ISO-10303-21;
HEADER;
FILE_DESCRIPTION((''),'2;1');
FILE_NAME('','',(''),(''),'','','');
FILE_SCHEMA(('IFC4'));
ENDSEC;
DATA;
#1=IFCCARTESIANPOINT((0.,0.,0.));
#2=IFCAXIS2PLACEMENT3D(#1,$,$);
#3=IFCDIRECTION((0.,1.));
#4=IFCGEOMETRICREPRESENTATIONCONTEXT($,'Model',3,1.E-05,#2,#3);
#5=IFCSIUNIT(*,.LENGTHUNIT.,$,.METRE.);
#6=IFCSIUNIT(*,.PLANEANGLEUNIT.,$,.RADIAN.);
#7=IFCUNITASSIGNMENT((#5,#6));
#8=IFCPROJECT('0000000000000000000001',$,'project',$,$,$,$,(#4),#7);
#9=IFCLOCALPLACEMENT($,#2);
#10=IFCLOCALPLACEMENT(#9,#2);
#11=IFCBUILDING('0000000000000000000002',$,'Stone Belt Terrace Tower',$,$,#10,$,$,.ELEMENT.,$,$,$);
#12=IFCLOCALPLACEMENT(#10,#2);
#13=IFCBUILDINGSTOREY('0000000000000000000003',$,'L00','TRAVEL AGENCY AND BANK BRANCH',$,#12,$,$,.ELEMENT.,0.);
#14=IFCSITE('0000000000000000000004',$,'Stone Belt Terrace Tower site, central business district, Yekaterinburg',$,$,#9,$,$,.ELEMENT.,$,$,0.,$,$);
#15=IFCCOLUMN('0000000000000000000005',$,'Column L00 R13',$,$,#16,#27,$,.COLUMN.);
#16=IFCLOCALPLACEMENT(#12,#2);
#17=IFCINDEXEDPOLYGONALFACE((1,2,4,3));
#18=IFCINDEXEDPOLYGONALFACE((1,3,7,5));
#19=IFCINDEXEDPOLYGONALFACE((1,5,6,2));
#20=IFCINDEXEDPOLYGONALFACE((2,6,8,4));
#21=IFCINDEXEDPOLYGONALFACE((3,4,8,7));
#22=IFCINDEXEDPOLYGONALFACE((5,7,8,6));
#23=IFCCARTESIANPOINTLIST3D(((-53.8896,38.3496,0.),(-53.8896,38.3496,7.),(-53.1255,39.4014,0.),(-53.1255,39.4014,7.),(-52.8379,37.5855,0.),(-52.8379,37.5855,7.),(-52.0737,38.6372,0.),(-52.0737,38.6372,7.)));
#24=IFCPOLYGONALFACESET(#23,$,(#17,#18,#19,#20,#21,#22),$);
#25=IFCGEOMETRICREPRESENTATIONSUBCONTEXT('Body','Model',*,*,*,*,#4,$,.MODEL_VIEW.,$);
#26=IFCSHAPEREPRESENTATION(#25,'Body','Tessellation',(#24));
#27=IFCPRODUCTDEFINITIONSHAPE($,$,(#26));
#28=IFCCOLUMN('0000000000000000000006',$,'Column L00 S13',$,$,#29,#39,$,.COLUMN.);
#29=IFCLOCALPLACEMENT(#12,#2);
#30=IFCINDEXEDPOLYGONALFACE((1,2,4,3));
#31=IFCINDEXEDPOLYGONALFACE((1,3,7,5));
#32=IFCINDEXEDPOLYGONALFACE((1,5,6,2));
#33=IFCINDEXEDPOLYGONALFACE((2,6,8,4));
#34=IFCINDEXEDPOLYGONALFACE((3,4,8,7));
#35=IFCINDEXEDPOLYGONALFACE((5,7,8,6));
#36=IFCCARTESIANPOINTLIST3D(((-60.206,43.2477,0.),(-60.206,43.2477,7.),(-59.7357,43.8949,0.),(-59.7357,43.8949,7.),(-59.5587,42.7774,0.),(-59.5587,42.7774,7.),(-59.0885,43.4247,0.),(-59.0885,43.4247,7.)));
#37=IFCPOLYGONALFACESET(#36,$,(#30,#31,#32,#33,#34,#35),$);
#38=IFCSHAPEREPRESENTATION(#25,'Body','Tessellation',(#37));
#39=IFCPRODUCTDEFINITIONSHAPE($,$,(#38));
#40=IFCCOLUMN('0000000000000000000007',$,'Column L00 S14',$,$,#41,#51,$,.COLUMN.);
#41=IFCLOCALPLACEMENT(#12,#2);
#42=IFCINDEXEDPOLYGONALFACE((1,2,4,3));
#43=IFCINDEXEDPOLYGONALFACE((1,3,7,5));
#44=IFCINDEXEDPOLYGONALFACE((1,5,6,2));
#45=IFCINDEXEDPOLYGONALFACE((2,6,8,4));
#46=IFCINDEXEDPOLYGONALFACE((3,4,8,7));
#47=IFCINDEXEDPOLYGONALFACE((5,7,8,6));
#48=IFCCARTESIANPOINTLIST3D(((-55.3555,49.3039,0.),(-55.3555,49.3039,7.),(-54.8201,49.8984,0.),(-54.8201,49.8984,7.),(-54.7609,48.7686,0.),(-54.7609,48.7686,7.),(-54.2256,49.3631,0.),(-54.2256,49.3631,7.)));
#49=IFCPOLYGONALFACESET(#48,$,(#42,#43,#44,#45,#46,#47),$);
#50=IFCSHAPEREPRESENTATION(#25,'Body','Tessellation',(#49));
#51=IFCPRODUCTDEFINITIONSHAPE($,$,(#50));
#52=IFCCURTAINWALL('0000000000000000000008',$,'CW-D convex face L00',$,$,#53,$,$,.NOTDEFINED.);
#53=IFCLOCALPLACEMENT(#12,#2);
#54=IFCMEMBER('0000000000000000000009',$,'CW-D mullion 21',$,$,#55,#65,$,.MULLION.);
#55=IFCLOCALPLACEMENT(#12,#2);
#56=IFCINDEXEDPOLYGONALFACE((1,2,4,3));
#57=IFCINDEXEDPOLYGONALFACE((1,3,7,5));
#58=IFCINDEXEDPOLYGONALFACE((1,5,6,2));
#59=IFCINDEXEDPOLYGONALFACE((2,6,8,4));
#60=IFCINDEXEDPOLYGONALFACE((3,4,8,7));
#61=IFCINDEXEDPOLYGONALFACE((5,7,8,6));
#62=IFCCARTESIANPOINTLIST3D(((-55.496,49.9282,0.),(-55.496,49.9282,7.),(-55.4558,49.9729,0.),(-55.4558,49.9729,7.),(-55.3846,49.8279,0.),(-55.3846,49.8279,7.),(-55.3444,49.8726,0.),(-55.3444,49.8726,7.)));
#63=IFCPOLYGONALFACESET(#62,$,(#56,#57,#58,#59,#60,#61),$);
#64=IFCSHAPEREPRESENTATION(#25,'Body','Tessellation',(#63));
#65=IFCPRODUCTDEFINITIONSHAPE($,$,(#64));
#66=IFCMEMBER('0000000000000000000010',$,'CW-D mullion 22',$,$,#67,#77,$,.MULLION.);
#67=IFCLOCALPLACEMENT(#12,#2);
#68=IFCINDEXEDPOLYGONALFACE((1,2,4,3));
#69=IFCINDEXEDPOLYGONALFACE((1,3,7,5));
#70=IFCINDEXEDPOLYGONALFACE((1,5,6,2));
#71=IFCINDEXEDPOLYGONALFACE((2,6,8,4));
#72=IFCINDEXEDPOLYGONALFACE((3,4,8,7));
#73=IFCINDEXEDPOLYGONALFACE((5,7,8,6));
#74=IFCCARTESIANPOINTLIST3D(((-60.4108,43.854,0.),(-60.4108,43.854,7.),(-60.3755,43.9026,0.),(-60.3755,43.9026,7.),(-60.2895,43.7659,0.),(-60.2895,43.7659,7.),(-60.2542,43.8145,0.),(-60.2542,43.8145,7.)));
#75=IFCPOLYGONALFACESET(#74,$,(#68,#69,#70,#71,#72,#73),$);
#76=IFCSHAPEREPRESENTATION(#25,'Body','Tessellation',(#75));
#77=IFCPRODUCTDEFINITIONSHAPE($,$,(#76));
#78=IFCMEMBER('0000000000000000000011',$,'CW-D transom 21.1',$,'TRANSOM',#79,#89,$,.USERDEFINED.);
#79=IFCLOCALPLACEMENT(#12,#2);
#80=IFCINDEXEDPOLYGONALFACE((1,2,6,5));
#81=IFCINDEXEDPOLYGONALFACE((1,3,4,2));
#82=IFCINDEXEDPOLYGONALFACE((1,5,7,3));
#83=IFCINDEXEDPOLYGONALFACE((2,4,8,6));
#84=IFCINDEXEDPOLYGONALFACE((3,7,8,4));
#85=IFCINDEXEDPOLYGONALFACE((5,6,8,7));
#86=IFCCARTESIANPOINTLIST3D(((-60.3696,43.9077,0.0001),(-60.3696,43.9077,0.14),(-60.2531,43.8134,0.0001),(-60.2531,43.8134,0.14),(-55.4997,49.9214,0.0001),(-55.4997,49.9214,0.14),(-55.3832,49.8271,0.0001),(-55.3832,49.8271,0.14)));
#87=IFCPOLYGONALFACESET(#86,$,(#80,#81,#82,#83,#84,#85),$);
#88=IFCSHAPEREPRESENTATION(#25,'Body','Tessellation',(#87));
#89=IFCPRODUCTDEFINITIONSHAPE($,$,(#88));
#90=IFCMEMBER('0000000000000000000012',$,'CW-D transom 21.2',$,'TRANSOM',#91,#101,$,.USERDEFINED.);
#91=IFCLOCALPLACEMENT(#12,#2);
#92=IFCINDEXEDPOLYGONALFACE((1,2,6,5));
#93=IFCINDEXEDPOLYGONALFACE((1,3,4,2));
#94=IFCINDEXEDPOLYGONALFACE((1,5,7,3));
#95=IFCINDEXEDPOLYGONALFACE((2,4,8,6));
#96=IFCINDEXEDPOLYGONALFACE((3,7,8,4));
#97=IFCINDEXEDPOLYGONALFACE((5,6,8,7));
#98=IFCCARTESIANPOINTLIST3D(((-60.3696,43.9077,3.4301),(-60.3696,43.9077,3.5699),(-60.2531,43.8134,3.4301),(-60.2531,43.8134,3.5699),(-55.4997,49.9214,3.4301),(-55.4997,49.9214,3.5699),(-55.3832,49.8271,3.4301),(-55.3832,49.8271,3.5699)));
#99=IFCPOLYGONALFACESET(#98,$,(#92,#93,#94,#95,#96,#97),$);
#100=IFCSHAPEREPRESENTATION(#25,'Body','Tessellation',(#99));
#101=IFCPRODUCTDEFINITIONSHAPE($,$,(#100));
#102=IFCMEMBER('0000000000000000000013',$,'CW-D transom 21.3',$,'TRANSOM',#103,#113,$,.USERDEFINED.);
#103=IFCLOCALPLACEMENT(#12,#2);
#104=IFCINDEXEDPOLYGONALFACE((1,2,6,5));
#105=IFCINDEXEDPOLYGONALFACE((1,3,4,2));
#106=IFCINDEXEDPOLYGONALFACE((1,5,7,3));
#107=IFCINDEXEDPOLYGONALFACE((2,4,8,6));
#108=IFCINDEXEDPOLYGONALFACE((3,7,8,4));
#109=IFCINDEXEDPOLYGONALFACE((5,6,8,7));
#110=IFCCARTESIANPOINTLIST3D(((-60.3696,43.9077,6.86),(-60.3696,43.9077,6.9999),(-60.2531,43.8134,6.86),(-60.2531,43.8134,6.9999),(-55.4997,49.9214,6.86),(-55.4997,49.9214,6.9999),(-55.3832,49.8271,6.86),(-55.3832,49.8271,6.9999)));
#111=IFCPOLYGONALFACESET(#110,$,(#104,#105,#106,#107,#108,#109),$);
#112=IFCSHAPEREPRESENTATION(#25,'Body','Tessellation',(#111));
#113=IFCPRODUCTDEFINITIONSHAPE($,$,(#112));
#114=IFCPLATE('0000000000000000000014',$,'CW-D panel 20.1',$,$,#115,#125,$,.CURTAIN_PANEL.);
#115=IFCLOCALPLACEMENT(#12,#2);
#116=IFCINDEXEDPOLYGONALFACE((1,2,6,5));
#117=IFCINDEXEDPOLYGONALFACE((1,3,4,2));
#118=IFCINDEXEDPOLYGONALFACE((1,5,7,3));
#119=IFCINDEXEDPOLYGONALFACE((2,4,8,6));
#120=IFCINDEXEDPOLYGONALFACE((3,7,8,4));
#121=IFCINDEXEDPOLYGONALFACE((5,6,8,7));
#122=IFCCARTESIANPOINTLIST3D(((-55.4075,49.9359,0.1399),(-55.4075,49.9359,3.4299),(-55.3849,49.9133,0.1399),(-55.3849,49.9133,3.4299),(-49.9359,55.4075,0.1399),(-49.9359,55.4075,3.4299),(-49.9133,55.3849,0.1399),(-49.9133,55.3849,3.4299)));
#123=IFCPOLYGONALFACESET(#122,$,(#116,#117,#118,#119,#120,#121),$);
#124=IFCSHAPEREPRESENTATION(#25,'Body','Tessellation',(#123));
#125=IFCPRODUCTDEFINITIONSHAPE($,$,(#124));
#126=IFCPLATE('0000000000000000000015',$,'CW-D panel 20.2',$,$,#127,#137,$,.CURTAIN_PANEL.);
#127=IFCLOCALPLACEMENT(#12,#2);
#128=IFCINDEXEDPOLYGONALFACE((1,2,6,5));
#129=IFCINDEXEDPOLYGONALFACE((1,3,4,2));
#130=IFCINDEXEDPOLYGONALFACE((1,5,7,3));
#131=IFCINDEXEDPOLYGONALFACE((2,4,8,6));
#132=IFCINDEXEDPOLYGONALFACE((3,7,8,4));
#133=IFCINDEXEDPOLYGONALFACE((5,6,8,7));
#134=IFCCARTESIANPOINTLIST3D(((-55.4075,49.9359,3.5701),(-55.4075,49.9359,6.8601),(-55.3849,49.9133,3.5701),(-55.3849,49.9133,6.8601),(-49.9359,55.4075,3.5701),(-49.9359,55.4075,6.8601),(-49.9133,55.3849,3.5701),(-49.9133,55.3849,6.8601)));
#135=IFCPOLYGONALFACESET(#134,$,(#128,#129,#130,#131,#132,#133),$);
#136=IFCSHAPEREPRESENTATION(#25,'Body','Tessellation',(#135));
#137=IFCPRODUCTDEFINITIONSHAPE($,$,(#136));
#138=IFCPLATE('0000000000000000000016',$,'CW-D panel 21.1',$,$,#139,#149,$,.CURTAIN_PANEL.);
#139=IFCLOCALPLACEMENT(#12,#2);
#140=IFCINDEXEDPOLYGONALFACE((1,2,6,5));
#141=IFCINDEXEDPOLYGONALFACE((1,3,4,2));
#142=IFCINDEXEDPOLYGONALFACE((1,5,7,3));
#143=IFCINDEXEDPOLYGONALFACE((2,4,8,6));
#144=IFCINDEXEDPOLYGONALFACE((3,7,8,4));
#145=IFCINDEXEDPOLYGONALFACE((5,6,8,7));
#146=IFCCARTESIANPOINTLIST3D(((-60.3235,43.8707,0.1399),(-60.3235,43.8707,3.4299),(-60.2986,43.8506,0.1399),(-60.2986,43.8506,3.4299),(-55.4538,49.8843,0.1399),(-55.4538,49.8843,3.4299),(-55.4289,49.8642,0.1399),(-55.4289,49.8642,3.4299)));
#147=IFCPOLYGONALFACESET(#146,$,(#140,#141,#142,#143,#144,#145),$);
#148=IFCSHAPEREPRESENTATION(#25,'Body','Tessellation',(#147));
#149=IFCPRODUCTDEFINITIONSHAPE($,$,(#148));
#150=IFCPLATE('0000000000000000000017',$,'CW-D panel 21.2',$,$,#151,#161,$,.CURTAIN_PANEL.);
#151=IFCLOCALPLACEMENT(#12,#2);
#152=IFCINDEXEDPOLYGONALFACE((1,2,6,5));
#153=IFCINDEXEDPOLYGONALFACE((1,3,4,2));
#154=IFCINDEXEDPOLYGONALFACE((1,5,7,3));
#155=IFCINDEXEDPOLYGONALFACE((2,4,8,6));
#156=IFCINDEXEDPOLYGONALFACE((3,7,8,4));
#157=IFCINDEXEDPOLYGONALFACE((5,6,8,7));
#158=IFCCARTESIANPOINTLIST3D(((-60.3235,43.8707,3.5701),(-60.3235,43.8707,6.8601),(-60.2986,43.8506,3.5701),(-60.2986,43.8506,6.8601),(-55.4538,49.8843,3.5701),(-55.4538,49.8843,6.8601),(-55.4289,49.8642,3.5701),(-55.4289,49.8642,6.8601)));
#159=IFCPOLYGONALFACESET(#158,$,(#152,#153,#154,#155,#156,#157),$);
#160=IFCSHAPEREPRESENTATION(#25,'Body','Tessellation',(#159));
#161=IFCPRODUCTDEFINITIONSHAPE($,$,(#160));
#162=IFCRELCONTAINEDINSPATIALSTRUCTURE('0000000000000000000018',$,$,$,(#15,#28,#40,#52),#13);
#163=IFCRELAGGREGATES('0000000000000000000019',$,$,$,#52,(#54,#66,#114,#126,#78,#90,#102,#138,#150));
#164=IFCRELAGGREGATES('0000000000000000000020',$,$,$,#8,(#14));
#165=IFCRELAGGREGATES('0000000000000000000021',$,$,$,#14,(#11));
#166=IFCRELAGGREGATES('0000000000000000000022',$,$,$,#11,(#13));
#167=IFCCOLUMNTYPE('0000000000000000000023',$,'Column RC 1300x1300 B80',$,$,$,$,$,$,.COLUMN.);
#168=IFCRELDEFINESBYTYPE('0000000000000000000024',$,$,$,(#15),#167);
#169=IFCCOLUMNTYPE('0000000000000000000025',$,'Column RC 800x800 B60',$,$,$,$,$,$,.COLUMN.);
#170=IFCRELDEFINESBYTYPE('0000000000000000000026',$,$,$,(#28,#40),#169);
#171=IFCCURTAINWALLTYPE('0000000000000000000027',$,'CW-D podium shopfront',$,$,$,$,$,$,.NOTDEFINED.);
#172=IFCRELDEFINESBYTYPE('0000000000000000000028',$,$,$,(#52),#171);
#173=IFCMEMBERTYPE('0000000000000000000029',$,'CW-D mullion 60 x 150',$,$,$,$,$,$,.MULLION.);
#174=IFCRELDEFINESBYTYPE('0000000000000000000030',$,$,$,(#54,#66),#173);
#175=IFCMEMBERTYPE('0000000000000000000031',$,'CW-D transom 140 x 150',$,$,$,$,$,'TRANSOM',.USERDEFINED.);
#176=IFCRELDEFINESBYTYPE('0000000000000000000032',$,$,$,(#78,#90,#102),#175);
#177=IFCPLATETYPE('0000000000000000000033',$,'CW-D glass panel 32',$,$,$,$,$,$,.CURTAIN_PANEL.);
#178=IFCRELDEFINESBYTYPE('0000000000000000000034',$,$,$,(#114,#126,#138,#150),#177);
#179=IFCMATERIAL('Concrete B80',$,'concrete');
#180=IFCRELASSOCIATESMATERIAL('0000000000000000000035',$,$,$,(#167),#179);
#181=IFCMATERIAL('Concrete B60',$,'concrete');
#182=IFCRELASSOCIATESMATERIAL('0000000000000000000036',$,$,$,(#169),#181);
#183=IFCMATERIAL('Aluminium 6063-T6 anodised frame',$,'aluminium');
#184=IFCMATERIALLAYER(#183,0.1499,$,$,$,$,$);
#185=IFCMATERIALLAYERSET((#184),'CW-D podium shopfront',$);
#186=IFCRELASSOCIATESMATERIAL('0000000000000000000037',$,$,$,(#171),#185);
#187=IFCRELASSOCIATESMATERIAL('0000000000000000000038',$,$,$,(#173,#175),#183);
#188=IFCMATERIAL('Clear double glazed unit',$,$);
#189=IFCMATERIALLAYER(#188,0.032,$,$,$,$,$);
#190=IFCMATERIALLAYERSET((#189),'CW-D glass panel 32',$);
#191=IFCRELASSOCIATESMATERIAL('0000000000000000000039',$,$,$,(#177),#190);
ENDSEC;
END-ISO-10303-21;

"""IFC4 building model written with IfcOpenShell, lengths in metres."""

from ifc_helpers import new_model, si_unit, direction, frame, origin, origin_2d, place, context, subcontext, project, spatial, rectangle, extrude, material, layer, layer_set, material_profile, profile_set, type_object, element, aggregate, save


model = new_model("IFC4")

# Units and contexts
model_context = context("Model", 3, precision=1e-05, world=origin(), true_north=direction((0.0, 1.0)))
body_context = subcontext(model_context, "Body", "Model", "MODEL_VIEW")
ifc_project = project(units=[si_unit("LENGTHUNIT", "METRE"), si_unit("PLANEANGLEUNIT", "RADIAN")], contexts=[model_context])

# Site, building, storey
site_placement = place(None, origin())
site = spatial("IfcSite", under=ifc_project, at=site_placement, Name="Stone Belt Terrace Tower site, central business district, Yekaterinburg", CompositionType="ELEMENT", RefElevation=0.0)
building_placement = place(site_placement, origin())
building = spatial("IfcBuilding", under=site, at=building_placement, Name="Stone Belt Terrace Tower", CompositionType="ELEMENT")
storey_placement = place(building_placement, origin())
storey = spatial("IfcBuildingStorey", under=building, at=storey_placement, Name="L00", Description="TRAVEL AGENCY AND BANK BRANCH", CompositionType="ELEMENT", Elevation=0.0)

# Columns
ifc_material_1 = material(Name="Concrete B80", Category="concrete")
ifc_material_profile_1 = material_profile(ifc_material_1, rectangle(XDim=1.3, YDim=1.3, at=origin_2d()), Name="RC 1300x1300")
ifc_profile_set_1 = profile_set([ifc_material_profile_1], Name="Concrete B80")
column_type_1 = type_object("IfcColumnType", Name="Column RC 1300x1300 B80", PredefinedType="COLUMN", material=ifc_profile_set_1)
column_placement = place(storey_placement, frame((-52.9817, 38.4934, 0.0), z_axis=(0.0, 0.0, 1.0), x_axis=(0.587785, 0.809017, 0.0)))
element("IfcColumn", 1, at=column_placement, inside=storey, type_object=column_type_1, Name="Column L00 R13", PredefinedType="COLUMN", context=body_context, shape_type="SweptSolid", body=[
    extrude(rectangle(XDim=1.3, YDim=1.3, at=origin_2d()), origin(), (0.0, 0.0, 1.0), 7.0),
])
ifc_material_2 = material(Name="Concrete B60", Category="concrete")
ifc_material_profile_2 = material_profile(ifc_material_2, rectangle(XDim=0.8, YDim=0.8, at=origin_2d()), Name="RC 800x800")
ifc_profile_set_2 = profile_set([ifc_material_profile_2], Name="Concrete B60")
column_type_2 = type_object("IfcColumnType", Name="Column RC 800x800 B60", PredefinedType="COLUMN", material=ifc_profile_set_2)
for number, where, z_axis, x_axis, name in (
    (2, (-59.6472, 43.3362, 0.0), (0.0, 0.0, 1.0), (0.587785, 0.809017, 0.0), "Column L00 S13"),
    (3, (-54.7905, 49.3335, 0.0), (0.0, 0.0, 1.0), (0.669131, 0.743145, 0.0), "Column L00 S14"),
):
    element("IfcColumn", number, at=place(storey_placement, frame(where, z_axis=z_axis, x_axis=x_axis)), inside=storey, type_object=column_type_2, Name=name, PredefinedType="COLUMN", context=body_context, shape_type="SweptSolid", body=[
        extrude(rectangle(XDim=0.8, YDim=0.8, at=origin_2d()), origin(), (0.0, 0.0, 1.0), 7.0),
    ])

# Curtain wall, members, plates
ifc_material_3 = material(Name="Aluminium 6063-T6 anodised frame", Category="aluminium")
ifc_layer_1 = layer(ifc_material_3, 0.1499)
ifc_layer_set_1 = layer_set([ifc_layer_1], Name="CW-D podium shopfront")
curtain_wall_type = type_object("IfcCurtainWallType", Name="CW-D podium shopfront", PredefinedType="NOTDEFINED", material=ifc_layer_set_1)
curtain_wall_placement = place(storey_placement, origin())
curtain_wall = element("IfcCurtainWall", 4, at=curtain_wall_placement, inside=storey, type_object=curtain_wall_type, Name="CW-D convex face L00", PredefinedType="NOTDEFINED")
ifc_material_profile_3 = material_profile(ifc_material_3, rectangle(XDim=0.1499, YDim=0.0601, at=origin_2d()), Name="Aluminium 6063-T6 60x150")
ifc_profile_set_3 = profile_set([ifc_material_profile_3], Name="Aluminium 6063-T6 anodised frame")
member_type_1 = type_object("IfcMemberType", Name="CW-D mullion 60 x 150", PredefinedType="MULLION", material=ifc_profile_set_3)
member_1_placement = place(storey_placement, frame((-55.4202, 49.9004, 0.0), z_axis=(0.0, 0.0, 1.0), x_axis=(0.743145, -0.669131, 0.0)))
member_1 = element("IfcMember", 5, at=member_1_placement, type_object=member_type_1, Name="CW-D mullion 21", PredefinedType="MULLION", context=body_context, shape_type="SweptSolid", body=[
    extrude(rectangle(XDim=0.1499, YDim=0.0601, at=origin_2d()), origin(), (0.0, 0.0, 1.0), 7.0),
])
member_2_placement = place(storey_placement, frame((-60.3325, 43.8342, 0.0), z_axis=(0.0, 0.0, 1.0), x_axis=(0.809017, -0.587785, 0.0)))
member_2 = element("IfcMember", 6, at=member_2_placement, type_object=member_type_1, Name="CW-D mullion 22", PredefinedType="MULLION", context=body_context, shape_type="SweptSolid", body=[
    extrude(rectangle(XDim=0.1499, YDim=0.0601, at=origin_2d()), origin(), (0.0, 0.0, 1.0), 7.0),
])
ifc_material_profile_4 = material_profile(ifc_material_3, rectangle(XDim=0.1499, YDim=0.1399, at=origin_2d()), Name="Aluminium 6063-T6 150x140")
ifc_profile_set_4 = profile_set([ifc_material_profile_4], Name="Aluminium 6063-T6 anodised frame")
member_type_2 = type_object("IfcMemberType", Name="CW-D transom 140 x 150", ElementType="TRANSOM", PredefinedType="USERDEFINED", material=ifc_profile_set_4)
member_3_placement = place(storey_placement, frame((-55.4414, 49.8743, 0.0701), z_axis=(-0.629328, -0.77714, 0.0), x_axis=(0.77714, -0.629328, 0.0)))
member_3 = element("IfcMember", 7, at=member_3_placement, type_object=member_type_2, Name="CW-D transom 21.1", ObjectType="TRANSOM", PredefinedType="USERDEFINED", context=body_context, shape_type="SweptSolid", body=[
    extrude(rectangle(XDim=0.1499, YDim=0.1399, at=origin_2d()), origin(), (0.0, 0.0, 1.0), 7.7383),
])
member_4_placement = place(storey_placement, frame((-55.4414, 49.8743, 3.5), z_axis=(-0.629328, -0.77714, 0.0), x_axis=(0.77714, -0.629328, 0.0)))
member_4 = element("IfcMember", 8, at=member_4_placement, type_object=member_type_2, Name="CW-D transom 21.2", ObjectType="TRANSOM", PredefinedType="USERDEFINED", context=body_context, shape_type="SweptSolid", body=[
    extrude(rectangle(XDim=0.1499, YDim=0.1399, at=origin_2d()), origin(), (0.0, 0.0, 1.0), 7.7383),
])
member_5_placement = place(storey_placement, frame((-55.4414, 49.8743, 6.9299), z_axis=(-0.629328, -0.77714, 0.0), x_axis=(0.77714, -0.629328, 0.0)))
member_5 = element("IfcMember", 9, at=member_5_placement, type_object=member_type_2, Name="CW-D transom 21.3", ObjectType="TRANSOM", PredefinedType="USERDEFINED", context=body_context, shape_type="SweptSolid", body=[
    extrude(rectangle(XDim=0.1499, YDim=0.1399, at=origin_2d()), origin(), (0.0, 0.0, 1.0), 7.7383),
])
ifc_material_4 = material(Name="Clear double glazed unit")
ifc_layer_2 = layer(ifc_material_4, 0.032)
ifc_layer_set_2 = layer_set([ifc_layer_2], Name="CW-D glass panel 32")
plate_type = type_object("IfcPlateType", Name="CW-D glass panel 32", PredefinedType="CURTAIN_PANEL", material=ifc_layer_set_2)
plate_1_placement = place(storey_placement, frame((-52.6604, 52.6604, 0.1399), z_axis=(0.0, 0.0, 1.0), x_axis=(-0.707107, -0.707107, 0.0)))
plate_1 = element("IfcPlate", 10, at=plate_1_placement, type_object=plate_type, Name="CW-D panel 20.1", PredefinedType="CURTAIN_PANEL", context=body_context, shape_type="SweptSolid", body=[
    extrude(rectangle(XDim=7.738, YDim=0.032, at=origin_2d()), origin(), (0.0, 0.0, 1.0), 3.29),
])
plate_2_placement = place(storey_placement, frame((-52.6604, 52.6604, 3.5701), z_axis=(0.0, 0.0, 1.0), x_axis=(-0.707107, -0.707107, 0.0)))
plate_2 = element("IfcPlate", 11, at=plate_2_placement, type_object=plate_type, Name="CW-D panel 20.2", PredefinedType="CURTAIN_PANEL", context=body_context, shape_type="SweptSolid", body=[
    extrude(rectangle(XDim=7.738, YDim=0.032, at=origin_2d()), origin(), (0.0, 0.0, 1.0), 3.29),
])
plate_3_placement = place(storey_placement, frame((-57.8762, 46.8674, 0.1399), z_axis=(0.0, 0.0, 1.0), x_axis=(-0.62932, -0.777146, 0.0)))
plate_3 = element("IfcPlate", 12, at=plate_3_placement, type_object=plate_type, Name="CW-D panel 21.1", PredefinedType="CURTAIN_PANEL", context=body_context, shape_type="SweptSolid", body=[
    extrude(rectangle(XDim=7.738, YDim=0.032, at=origin_2d()), origin(), (0.0, 0.0, 1.0), 3.29),
])
plate_4_placement = place(storey_placement, frame((-57.8762, 46.8674, 3.5701), z_axis=(0.0, 0.0, 1.0), x_axis=(-0.62932, -0.777146, 0.0)))
plate_4 = element("IfcPlate", 13, at=plate_4_placement, type_object=plate_type, Name="CW-D panel 21.2", PredefinedType="CURTAIN_PANEL", context=body_context, shape_type="SweptSolid", body=[
    extrude(rectangle(XDim=7.738, YDim=0.032, at=origin_2d()), origin(), (0.0, 0.0, 1.0), 3.29),
])
aggregate(curtain_wall, [member_1, member_2, plate_1, plate_2, member_3, member_4, member_5, plate_3, plate_4])

save(model, "model.ifc")
